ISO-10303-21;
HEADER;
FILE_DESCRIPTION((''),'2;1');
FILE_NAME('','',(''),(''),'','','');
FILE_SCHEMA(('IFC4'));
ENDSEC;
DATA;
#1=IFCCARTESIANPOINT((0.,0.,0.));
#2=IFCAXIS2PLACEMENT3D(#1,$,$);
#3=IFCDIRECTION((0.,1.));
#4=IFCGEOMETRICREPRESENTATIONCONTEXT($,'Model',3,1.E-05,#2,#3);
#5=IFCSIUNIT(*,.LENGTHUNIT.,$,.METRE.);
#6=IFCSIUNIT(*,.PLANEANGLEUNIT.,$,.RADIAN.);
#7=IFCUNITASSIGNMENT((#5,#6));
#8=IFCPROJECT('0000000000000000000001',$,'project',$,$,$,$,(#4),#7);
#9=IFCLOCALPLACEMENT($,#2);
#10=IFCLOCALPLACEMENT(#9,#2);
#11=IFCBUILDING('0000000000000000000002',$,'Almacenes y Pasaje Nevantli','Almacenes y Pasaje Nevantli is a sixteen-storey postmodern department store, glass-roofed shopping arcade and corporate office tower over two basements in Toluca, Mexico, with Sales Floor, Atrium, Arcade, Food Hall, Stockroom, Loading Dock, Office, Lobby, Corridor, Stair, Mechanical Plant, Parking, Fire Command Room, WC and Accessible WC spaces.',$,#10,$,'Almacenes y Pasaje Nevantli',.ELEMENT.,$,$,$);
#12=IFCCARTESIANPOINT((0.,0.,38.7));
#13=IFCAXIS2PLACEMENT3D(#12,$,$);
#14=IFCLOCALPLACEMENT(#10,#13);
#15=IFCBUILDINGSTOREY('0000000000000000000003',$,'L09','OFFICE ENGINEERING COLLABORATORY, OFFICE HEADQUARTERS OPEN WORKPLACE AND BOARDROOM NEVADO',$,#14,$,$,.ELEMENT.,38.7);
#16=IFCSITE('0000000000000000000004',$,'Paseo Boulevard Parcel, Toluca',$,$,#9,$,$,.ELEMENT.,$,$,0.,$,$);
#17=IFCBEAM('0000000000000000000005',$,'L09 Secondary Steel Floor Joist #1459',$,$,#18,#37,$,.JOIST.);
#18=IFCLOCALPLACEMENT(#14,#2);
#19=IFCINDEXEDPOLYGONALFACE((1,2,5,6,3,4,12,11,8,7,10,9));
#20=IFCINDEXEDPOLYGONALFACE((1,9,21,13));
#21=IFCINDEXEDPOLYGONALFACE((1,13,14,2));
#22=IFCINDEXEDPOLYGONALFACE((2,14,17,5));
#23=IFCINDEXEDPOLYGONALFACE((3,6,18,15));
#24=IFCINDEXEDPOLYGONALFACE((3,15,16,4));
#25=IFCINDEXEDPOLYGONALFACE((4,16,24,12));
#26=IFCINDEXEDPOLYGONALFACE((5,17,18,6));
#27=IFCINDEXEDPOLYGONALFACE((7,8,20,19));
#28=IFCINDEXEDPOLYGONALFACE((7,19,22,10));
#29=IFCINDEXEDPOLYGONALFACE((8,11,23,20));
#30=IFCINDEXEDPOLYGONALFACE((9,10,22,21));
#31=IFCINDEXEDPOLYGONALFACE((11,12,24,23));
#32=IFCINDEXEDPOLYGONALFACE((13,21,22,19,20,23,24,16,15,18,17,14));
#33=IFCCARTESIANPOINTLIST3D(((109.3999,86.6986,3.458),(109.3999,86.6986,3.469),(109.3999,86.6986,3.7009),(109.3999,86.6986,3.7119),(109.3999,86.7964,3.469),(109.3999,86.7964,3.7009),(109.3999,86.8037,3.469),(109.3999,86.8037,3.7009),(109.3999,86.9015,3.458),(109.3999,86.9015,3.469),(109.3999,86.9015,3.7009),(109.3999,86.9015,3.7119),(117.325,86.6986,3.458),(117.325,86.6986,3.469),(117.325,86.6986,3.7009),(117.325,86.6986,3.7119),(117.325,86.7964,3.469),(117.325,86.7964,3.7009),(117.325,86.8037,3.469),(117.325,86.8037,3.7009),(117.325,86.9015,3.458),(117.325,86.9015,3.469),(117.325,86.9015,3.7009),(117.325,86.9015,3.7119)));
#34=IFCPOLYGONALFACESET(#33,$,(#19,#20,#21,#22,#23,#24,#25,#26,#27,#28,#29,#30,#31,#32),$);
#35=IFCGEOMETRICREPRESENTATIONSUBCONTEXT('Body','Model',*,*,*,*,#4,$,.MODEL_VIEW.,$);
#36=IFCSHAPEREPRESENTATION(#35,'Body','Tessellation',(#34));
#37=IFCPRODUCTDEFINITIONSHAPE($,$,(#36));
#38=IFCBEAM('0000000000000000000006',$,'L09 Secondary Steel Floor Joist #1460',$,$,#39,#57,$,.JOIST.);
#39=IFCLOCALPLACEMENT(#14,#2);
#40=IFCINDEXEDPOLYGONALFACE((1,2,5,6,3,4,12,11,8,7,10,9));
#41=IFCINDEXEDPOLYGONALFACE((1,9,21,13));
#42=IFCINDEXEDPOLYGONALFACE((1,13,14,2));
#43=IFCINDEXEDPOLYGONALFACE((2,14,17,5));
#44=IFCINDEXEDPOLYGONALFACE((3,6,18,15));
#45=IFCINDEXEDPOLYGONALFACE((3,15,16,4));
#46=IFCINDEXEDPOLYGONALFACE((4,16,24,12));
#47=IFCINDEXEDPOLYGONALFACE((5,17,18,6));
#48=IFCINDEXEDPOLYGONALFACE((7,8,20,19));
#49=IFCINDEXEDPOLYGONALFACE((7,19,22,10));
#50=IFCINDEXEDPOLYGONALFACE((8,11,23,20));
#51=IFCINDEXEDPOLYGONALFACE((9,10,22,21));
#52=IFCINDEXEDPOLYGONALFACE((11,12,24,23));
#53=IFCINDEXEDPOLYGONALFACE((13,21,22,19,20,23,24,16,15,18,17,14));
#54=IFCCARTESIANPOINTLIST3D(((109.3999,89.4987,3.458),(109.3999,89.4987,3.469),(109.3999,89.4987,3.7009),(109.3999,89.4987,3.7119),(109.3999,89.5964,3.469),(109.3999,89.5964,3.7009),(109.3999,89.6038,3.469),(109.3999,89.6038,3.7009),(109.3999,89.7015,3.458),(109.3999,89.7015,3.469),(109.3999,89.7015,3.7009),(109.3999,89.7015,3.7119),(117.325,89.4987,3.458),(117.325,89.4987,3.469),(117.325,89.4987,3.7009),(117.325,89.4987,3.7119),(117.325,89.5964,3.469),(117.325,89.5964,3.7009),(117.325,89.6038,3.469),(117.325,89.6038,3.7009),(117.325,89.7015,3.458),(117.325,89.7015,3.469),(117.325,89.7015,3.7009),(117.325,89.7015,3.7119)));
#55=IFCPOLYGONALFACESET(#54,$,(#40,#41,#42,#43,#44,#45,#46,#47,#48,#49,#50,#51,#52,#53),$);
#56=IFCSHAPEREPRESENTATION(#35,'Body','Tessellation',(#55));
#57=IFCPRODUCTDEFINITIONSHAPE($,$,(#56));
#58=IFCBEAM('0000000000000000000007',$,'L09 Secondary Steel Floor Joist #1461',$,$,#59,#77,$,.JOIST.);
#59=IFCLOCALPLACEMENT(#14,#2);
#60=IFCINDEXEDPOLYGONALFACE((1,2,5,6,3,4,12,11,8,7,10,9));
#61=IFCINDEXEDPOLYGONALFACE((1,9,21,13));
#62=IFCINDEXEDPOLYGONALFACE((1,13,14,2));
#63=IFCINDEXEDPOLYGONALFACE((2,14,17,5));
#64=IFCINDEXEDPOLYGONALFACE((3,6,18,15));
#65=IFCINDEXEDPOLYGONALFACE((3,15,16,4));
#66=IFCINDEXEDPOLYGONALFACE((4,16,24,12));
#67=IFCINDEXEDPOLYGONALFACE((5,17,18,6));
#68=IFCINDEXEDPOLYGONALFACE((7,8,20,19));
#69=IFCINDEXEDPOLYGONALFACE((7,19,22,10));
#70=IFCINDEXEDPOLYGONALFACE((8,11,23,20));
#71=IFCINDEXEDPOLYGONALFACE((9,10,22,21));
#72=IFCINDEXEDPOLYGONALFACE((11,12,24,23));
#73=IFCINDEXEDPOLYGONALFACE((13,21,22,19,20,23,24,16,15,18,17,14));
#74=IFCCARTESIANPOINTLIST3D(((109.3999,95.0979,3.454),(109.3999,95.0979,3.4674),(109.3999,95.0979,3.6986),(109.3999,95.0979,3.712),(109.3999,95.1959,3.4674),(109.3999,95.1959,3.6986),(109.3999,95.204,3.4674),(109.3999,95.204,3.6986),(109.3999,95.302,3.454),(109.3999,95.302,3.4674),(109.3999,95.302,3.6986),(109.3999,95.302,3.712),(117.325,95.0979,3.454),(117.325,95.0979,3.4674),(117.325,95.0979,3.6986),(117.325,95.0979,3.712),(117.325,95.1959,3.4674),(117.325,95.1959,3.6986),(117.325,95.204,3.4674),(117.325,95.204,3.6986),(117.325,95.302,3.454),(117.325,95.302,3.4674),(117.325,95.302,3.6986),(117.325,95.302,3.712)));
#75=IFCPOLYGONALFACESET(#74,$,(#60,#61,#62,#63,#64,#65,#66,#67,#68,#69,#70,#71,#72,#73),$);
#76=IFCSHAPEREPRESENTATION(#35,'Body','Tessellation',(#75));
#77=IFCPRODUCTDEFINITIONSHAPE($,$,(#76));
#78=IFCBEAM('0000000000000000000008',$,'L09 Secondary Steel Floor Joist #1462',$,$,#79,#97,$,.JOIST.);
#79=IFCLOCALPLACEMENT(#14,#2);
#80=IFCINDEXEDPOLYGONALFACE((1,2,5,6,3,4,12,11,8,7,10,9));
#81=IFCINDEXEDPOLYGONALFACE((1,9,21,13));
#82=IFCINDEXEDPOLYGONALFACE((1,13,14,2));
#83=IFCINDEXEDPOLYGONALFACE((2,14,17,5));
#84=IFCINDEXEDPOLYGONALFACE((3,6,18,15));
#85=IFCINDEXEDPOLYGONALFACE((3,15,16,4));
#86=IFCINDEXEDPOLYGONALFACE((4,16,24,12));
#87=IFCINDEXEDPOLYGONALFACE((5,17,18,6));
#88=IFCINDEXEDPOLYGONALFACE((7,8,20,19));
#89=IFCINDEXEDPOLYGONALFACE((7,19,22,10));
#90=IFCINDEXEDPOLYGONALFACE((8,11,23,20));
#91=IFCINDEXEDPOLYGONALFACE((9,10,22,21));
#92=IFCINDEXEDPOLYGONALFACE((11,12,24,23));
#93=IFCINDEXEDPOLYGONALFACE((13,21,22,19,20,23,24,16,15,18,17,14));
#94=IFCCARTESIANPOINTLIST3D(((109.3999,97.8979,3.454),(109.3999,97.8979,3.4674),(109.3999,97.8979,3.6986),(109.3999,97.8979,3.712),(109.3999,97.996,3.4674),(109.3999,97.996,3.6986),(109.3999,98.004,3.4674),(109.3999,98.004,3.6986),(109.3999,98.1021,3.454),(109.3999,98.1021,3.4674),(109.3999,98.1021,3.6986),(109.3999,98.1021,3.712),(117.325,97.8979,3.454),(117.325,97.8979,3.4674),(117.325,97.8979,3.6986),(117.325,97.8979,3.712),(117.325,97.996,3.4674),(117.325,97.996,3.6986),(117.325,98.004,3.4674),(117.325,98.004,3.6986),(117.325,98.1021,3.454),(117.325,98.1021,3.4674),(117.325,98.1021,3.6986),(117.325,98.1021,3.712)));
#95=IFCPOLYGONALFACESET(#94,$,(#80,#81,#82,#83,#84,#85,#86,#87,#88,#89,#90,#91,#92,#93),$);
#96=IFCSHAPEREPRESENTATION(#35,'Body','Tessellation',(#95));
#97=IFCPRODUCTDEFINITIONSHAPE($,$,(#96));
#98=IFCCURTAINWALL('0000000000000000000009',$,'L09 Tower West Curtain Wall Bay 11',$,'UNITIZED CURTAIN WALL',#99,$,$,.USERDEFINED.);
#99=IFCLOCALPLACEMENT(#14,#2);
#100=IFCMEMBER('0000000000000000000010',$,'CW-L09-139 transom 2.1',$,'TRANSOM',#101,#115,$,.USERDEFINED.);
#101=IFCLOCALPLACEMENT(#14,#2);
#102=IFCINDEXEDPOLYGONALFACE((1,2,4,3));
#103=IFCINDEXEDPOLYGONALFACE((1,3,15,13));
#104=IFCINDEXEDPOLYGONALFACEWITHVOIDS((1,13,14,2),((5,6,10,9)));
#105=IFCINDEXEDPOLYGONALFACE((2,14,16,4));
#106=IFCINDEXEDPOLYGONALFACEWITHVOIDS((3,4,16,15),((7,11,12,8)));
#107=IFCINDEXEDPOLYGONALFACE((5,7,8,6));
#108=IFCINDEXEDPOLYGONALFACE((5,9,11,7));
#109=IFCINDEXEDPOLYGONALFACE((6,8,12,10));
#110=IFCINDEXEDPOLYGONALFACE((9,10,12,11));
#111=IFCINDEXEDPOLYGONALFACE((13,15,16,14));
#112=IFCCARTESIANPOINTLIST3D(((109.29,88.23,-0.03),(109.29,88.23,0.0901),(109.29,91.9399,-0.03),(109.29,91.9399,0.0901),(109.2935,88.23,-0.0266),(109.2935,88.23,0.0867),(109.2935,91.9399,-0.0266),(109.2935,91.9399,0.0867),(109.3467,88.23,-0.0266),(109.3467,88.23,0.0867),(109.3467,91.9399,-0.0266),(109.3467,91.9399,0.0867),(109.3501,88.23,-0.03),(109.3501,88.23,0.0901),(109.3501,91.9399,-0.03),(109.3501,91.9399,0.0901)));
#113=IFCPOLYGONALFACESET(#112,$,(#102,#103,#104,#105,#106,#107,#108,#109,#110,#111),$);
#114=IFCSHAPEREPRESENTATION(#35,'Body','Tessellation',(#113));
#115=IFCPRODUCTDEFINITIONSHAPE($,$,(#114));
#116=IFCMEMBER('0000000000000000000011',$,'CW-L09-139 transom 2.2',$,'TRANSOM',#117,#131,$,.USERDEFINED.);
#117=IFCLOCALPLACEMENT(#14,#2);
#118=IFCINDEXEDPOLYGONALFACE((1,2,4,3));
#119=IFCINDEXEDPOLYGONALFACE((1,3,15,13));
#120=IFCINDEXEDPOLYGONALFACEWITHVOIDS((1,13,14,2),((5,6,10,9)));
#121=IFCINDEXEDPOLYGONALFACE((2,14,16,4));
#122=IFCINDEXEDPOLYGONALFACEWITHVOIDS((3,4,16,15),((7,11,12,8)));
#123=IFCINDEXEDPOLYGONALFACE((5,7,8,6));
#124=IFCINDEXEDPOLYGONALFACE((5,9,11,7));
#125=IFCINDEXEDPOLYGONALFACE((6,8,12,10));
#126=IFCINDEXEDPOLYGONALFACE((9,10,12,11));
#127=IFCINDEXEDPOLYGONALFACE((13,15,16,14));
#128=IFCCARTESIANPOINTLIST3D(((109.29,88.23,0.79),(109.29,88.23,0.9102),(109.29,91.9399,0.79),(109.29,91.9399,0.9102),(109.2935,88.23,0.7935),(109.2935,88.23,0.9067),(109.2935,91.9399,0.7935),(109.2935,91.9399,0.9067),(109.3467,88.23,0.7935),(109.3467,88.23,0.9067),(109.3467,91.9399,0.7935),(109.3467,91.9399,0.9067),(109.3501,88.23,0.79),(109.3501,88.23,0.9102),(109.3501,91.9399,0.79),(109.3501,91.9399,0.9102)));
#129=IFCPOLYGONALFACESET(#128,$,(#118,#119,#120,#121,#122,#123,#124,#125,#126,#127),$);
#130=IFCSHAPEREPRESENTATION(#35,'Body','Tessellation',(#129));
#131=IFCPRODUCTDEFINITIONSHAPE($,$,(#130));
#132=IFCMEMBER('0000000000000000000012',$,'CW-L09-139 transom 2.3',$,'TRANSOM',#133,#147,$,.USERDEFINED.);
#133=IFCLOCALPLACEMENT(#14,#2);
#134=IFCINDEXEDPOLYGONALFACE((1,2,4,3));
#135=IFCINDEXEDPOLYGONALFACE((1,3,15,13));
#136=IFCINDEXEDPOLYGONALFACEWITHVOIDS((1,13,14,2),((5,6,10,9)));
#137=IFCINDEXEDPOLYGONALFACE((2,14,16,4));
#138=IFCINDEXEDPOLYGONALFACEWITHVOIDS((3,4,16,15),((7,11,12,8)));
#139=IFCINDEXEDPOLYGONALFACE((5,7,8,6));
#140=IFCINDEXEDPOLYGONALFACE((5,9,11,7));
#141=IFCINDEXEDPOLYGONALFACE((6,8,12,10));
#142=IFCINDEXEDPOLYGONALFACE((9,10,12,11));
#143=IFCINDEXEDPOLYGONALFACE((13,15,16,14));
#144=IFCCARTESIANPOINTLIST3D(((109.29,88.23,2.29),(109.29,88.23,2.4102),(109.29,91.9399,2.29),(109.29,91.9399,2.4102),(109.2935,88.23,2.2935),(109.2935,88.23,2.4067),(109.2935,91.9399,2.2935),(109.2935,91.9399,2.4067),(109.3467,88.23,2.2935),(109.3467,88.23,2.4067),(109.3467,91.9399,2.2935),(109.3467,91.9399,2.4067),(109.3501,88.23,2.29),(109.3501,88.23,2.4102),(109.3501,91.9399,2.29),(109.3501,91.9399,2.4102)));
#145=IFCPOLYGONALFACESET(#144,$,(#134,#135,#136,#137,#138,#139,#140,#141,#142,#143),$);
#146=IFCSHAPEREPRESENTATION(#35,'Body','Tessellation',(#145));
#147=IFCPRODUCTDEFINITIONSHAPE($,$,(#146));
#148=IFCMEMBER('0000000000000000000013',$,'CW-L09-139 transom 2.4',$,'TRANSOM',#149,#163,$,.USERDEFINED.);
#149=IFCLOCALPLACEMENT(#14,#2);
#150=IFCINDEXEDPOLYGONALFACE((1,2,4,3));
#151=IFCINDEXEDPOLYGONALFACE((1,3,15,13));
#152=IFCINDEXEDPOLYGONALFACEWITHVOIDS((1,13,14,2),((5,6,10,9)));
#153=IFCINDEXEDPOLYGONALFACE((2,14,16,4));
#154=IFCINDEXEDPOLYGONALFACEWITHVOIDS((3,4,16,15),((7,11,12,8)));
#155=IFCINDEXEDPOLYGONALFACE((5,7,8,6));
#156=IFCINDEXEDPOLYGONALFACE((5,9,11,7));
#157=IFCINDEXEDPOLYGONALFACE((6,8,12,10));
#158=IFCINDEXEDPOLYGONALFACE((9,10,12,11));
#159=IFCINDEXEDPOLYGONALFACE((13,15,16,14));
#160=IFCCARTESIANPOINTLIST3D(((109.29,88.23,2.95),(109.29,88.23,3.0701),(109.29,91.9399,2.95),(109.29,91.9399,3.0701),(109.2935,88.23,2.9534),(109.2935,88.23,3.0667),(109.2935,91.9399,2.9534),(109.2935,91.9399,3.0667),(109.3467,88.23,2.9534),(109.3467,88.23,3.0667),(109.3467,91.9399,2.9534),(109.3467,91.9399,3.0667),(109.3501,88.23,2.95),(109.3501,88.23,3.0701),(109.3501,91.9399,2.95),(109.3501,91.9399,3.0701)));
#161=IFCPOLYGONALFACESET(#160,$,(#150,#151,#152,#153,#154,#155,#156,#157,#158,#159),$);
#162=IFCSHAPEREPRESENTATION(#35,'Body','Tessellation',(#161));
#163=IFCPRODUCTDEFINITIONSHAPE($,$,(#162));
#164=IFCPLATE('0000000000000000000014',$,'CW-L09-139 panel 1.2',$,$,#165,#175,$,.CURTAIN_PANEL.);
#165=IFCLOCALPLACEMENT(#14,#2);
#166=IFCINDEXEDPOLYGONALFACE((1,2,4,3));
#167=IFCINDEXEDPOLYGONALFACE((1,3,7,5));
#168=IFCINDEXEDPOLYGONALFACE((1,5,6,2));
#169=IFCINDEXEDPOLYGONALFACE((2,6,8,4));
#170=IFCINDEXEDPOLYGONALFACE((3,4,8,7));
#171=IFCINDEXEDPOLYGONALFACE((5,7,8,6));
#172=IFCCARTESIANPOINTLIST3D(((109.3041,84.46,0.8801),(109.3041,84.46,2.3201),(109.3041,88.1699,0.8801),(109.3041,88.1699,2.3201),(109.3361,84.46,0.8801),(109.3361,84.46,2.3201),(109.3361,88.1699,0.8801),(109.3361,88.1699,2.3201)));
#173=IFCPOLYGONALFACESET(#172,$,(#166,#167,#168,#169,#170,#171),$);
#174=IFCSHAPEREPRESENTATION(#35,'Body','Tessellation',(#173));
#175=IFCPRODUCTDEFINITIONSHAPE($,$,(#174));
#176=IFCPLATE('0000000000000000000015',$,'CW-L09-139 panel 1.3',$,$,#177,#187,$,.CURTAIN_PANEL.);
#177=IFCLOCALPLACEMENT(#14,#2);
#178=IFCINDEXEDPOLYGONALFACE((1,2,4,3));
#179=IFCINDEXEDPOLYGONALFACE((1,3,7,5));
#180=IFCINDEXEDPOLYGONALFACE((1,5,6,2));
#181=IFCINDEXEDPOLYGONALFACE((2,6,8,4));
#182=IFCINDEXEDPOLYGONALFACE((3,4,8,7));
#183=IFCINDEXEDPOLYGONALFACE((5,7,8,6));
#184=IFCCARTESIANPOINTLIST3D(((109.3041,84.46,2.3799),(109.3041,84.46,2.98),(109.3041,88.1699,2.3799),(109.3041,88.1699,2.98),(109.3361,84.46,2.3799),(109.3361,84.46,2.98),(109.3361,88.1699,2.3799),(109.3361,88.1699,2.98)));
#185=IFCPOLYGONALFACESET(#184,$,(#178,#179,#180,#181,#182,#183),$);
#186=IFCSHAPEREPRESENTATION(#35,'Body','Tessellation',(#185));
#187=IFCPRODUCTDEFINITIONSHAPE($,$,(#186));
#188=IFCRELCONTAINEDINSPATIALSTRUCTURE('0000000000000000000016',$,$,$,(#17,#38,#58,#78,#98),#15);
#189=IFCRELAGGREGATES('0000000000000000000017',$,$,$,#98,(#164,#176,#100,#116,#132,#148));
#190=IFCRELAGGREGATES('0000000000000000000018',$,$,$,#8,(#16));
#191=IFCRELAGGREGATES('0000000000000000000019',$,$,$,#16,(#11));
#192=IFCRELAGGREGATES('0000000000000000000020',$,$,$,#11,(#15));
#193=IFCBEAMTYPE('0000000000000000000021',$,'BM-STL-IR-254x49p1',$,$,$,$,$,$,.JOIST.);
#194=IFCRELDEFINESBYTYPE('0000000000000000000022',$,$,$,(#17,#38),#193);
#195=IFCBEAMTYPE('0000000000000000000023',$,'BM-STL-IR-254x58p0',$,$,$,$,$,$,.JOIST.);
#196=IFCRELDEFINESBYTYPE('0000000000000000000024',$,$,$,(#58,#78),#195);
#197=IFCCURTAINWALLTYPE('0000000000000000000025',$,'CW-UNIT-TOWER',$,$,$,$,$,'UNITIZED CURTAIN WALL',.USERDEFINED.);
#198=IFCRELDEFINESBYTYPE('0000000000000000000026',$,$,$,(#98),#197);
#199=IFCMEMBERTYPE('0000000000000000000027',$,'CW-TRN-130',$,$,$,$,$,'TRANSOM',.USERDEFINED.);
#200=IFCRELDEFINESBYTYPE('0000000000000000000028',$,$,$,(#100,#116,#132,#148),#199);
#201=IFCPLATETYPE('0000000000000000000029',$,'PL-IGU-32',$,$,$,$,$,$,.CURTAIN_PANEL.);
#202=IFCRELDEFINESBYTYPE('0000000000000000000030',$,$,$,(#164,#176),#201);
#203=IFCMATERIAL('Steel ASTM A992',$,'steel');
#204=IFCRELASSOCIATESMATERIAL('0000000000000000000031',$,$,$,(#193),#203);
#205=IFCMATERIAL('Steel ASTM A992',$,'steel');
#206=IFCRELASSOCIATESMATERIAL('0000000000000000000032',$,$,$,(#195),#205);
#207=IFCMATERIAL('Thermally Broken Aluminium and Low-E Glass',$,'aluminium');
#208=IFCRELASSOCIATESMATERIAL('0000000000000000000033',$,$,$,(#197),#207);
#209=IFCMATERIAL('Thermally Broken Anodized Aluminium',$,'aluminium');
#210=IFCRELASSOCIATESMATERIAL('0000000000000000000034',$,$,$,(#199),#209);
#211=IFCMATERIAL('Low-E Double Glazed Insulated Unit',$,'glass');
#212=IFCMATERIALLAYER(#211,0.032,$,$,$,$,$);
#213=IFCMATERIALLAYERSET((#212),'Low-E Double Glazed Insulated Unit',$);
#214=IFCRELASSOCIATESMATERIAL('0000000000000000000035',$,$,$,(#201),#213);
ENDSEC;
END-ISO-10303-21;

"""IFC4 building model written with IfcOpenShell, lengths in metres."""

from ifc_helpers import new_model, si_unit, direction, frame, origin, origin_2d, place, context, subcontext, project, spatial, rectangle, hollow_rectangle, i_section, extrude, material, layer, layer_set, material_profile, profile_set, type_object, element, aggregate, save


model = new_model("IFC4")

# Units and contexts
model_context = context("Model", 3, precision=1e-05, world=origin(), true_north=direction((0.0, 1.0)))
body_context = subcontext(model_context, "Body", "Model", "MODEL_VIEW")
ifc_project = project(units=[si_unit("LENGTHUNIT", "METRE"), si_unit("PLANEANGLEUNIT", "RADIAN")], contexts=[model_context])

# Site, building, storey
site_placement = place(None, origin())
site = spatial("IfcSite", under=ifc_project, at=site_placement, Name="Paseo Boulevard Parcel, Toluca", CompositionType="ELEMENT", RefElevation=0.0)
building_placement = place(site_placement, origin())
building = spatial("IfcBuilding", under=site, at=building_placement, Name="Almacenes y Pasaje Nevantli", Description="Almacenes y Pasaje Nevantli is a sixteen-storey postmodern department store, glass-roofed shopping arcade and corporate office tower over two basements in Toluca, Mexico, with Sales Floor, Atrium, Arcade, Food Hall, Stockroom, Loading Dock, Office, Lobby, Corridor, Stair, Mechanical Plant, Parking, Fire Command Room, WC and Accessible WC spaces.", LongName="Almacenes y Pasaje Nevantli", CompositionType="ELEMENT")
storey_placement = place(building_placement, frame((0.0, 0.0, 38.7)))
storey = spatial("IfcBuildingStorey", under=building, at=storey_placement, Name="L09", Description="OFFICE ENGINEERING COLLABORATORY, OFFICE HEADQUARTERS OPEN WORKPLACE AND BOARDROOM NEVADO", CompositionType="ELEMENT", Elevation=38.7)

# Beams
ifc_material_1 = material(Name="Steel ASTM A992", Category="steel")
ifc_material_profile_1 = material_profile(ifc_material_1, i_section(OverallWidth=0.2029, OverallDepth=0.2539, WebThickness=0.0073, FlangeThickness=0.011, at=origin_2d()), Name="IR 254x49.1")
ifc_profile_set_1 = profile_set([ifc_material_profile_1], Name="Steel ASTM A992")
beam_type_1 = type_object("IfcBeamType", Name="BM-STL-IR-254x49p1", PredefinedType="JOIST", material=ifc_profile_set_1)
for number, where, z_axis, x_axis, name in (
    (1, (109.3999, 86.8, 3.585), (1.0, 0.0, 0.0), (0.0, 1.0, 0.0), "L09 Secondary Steel Floor Joist #1459"),
    (2, (109.3999, 89.6001, 3.585), (1.0, 0.0, 0.0), (0.0, 1.0, 0.0), "L09 Secondary Steel Floor Joist #1460"),
):
    element("IfcBeam", number, at=place(storey_placement, frame(where, z_axis=z_axis, x_axis=x_axis)), inside=storey, type_object=beam_type_1, Name=name, PredefinedType="JOIST", context=body_context, shape_type="SweptSolid", body=[
        extrude(i_section(OverallWidth=0.2029, OverallDepth=0.2539, WebThickness=0.0073, FlangeThickness=0.011, at=origin_2d()), origin(), (0.0, 0.0, 1.0), 7.925),
    ])
ifc_material_2 = material(Name="Steel ASTM A992", Category="steel")
ifc_material_profile_2 = material_profile(ifc_material_2, i_section(OverallWidth=0.2041, OverallDepth=0.2581, WebThickness=0.0081, FlangeThickness=0.0134, at=origin_2d()), Name="IR 254x58.0")
ifc_profile_set_2 = profile_set([ifc_material_profile_2], Name="Steel ASTM A992")
beam_type_2 = type_object("IfcBeamType", Name="BM-STL-IR-254x58p0", PredefinedType="JOIST", material=ifc_profile_set_2)
for number, where, z_axis, x_axis, name in (
    (3, (109.3999, 95.2, 3.583), (1.0, 0.0, 0.0), (0.0, 1.0, 0.0), "L09 Secondary Steel Floor Joist #1461"),
    (4, (109.3999, 98.0, 3.583), (1.0, 0.0, 0.0), (0.0, 1.0, 0.0), "L09 Secondary Steel Floor Joist #1462"),
):
    element("IfcBeam", number, at=place(storey_placement, frame(where, z_axis=z_axis, x_axis=x_axis)), inside=storey, type_object=beam_type_2, Name=name, PredefinedType="JOIST", context=body_context, shape_type="SweptSolid", body=[
        extrude(i_section(OverallWidth=0.2041, OverallDepth=0.2581, WebThickness=0.0081, FlangeThickness=0.0134, at=origin_2d()), origin(), (0.0, 0.0, 1.0), 7.925),
    ])

# Curtain wall, members, plates
ifc_material_3 = material(Name="Thermally Broken Aluminium and Low-E Glass", Category="aluminium")
curtain_wall_type = type_object("IfcCurtainWallType", Name="CW-UNIT-TOWER", ElementType="UNITIZED CURTAIN WALL", PredefinedType="USERDEFINED", material=ifc_material_3)
curtain_wall_placement = place(storey_placement, origin())
curtain_wall = element("IfcCurtainWall", 5, at=curtain_wall_placement, inside=storey, type_object=curtain_wall_type, Name="L09 Tower West Curtain Wall Bay 11", ObjectType="UNITIZED CURTAIN WALL", PredefinedType="USERDEFINED")
ifc_material_4 = material(Name="Thermally Broken Anodized Aluminium", Category="aluminium")
ifc_material_profile_3 = material_profile(ifc_material_4, hollow_rectangle(XDim=0.0601, YDim=0.1201, WallThickness=0.0034, at=origin_2d()), Name="ALU-TRN-60x120")
ifc_profile_set_3 = profile_set([ifc_material_profile_3], Name="Thermally Broken Anodized Aluminium")
member_type = type_object("IfcMemberType", Name="CW-TRN-130", ElementType="TRANSOM", PredefinedType="USERDEFINED", material=ifc_profile_set_3)
member_1_placement = place(storey_placement, frame((109.3201, 88.23, 0.03), z_axis=(0.0, 1.0, 0.0), x_axis=(-1.0, 0.0, 0.0)))
member_1 = element("IfcMember", 6, at=member_1_placement, type_object=member_type, Name="CW-L09-139 transom 2.1", ObjectType="TRANSOM", PredefinedType="USERDEFINED", context=body_context, shape_type="SweptSolid", body=[
    extrude(hollow_rectangle(XDim=0.0601, YDim=0.1201, WallThickness=0.0034, at=origin_2d()), origin(), (0.0, 0.0, 1.0), 3.71),
])
member_2_placement = place(storey_placement, frame((109.3201, 88.23, 0.8501), z_axis=(0.0, 1.0, 0.0), x_axis=(-1.0, 0.0, 0.0)))
member_2 = element("IfcMember", 7, at=member_2_placement, type_object=member_type, Name="CW-L09-139 transom 2.2", ObjectType="TRANSOM", PredefinedType="USERDEFINED", context=body_context, shape_type="SweptSolid", body=[
    extrude(hollow_rectangle(XDim=0.0601, YDim=0.1201, WallThickness=0.0034, at=origin_2d()), origin(), (0.0, 0.0, 1.0), 3.71),
])
member_3_placement = place(storey_placement, frame((109.3201, 88.23, 2.3501), z_axis=(0.0, 1.0, 0.0), x_axis=(-1.0, 0.0, 0.0)))
member_3 = element("IfcMember", 8, at=member_3_placement, type_object=member_type, Name="CW-L09-139 transom 2.3", ObjectType="TRANSOM", PredefinedType="USERDEFINED", context=body_context, shape_type="SweptSolid", body=[
    extrude(hollow_rectangle(XDim=0.0601, YDim=0.1201, WallThickness=0.0034, at=origin_2d()), origin(), (0.0, 0.0, 1.0), 3.71),
])
member_4_placement = place(storey_placement, frame((109.3201, 88.23, 3.01), z_axis=(0.0, 1.0, 0.0), x_axis=(-1.0, 0.0, 0.0)))
member_4 = element("IfcMember", 9, at=member_4_placement, type_object=member_type, Name="CW-L09-139 transom 2.4", ObjectType="TRANSOM", PredefinedType="USERDEFINED", context=body_context, shape_type="SweptSolid", body=[
    extrude(hollow_rectangle(XDim=0.0601, YDim=0.1201, WallThickness=0.0034, at=origin_2d()), origin(), (0.0, 0.0, 1.0), 3.71),
])
ifc_material_5 = material(Name="Low-E Double Glazed Insulated Unit", Category="glass")
ifc_layer_1 = layer(ifc_material_5, 0.032)
ifc_layer_set_1 = layer_set([ifc_layer_1], Name="Low-E Double Glazed Insulated Unit")
plate_type = type_object("IfcPlateType", Name="PL-IGU-32", PredefinedType="CURTAIN_PANEL", material=ifc_layer_set_1)
plate_1_placement = place(storey_placement, frame((109.3201, 86.3149, 0.8801), z_axis=(0.0, 0.0, 1.0), x_axis=(0.0, 1.0, 0.0)))
plate_1 = element("IfcPlate", 10, at=plate_1_placement, type_object=plate_type, Name="CW-L09-139 panel 1.2", PredefinedType="CURTAIN_PANEL", context=body_context, shape_type="SweptSolid", body=[
    extrude(rectangle(XDim=3.71, YDim=0.032, at=origin_2d()), origin(), (0.0, 0.0, 1.0), 1.4399),
])
plate_2_placement = place(storey_placement, frame((109.3201, 86.3149, 2.3799), z_axis=(0.0, 0.0, 1.0), x_axis=(0.0, 1.0, 0.0)))
plate_2 = element("IfcPlate", 11, at=plate_2_placement, type_object=plate_type, Name="CW-L09-139 panel 1.3", PredefinedType="CURTAIN_PANEL", context=body_context, shape_type="SweptSolid", body=[
    extrude(rectangle(XDim=3.71, YDim=0.032, at=origin_2d()), origin(), (0.0, 0.0, 1.0), 0.6001),
])
aggregate(curtain_wall, [plate_1, plate_2, member_1, member_2, member_3, member_4])

save(model, "model.ifc")
